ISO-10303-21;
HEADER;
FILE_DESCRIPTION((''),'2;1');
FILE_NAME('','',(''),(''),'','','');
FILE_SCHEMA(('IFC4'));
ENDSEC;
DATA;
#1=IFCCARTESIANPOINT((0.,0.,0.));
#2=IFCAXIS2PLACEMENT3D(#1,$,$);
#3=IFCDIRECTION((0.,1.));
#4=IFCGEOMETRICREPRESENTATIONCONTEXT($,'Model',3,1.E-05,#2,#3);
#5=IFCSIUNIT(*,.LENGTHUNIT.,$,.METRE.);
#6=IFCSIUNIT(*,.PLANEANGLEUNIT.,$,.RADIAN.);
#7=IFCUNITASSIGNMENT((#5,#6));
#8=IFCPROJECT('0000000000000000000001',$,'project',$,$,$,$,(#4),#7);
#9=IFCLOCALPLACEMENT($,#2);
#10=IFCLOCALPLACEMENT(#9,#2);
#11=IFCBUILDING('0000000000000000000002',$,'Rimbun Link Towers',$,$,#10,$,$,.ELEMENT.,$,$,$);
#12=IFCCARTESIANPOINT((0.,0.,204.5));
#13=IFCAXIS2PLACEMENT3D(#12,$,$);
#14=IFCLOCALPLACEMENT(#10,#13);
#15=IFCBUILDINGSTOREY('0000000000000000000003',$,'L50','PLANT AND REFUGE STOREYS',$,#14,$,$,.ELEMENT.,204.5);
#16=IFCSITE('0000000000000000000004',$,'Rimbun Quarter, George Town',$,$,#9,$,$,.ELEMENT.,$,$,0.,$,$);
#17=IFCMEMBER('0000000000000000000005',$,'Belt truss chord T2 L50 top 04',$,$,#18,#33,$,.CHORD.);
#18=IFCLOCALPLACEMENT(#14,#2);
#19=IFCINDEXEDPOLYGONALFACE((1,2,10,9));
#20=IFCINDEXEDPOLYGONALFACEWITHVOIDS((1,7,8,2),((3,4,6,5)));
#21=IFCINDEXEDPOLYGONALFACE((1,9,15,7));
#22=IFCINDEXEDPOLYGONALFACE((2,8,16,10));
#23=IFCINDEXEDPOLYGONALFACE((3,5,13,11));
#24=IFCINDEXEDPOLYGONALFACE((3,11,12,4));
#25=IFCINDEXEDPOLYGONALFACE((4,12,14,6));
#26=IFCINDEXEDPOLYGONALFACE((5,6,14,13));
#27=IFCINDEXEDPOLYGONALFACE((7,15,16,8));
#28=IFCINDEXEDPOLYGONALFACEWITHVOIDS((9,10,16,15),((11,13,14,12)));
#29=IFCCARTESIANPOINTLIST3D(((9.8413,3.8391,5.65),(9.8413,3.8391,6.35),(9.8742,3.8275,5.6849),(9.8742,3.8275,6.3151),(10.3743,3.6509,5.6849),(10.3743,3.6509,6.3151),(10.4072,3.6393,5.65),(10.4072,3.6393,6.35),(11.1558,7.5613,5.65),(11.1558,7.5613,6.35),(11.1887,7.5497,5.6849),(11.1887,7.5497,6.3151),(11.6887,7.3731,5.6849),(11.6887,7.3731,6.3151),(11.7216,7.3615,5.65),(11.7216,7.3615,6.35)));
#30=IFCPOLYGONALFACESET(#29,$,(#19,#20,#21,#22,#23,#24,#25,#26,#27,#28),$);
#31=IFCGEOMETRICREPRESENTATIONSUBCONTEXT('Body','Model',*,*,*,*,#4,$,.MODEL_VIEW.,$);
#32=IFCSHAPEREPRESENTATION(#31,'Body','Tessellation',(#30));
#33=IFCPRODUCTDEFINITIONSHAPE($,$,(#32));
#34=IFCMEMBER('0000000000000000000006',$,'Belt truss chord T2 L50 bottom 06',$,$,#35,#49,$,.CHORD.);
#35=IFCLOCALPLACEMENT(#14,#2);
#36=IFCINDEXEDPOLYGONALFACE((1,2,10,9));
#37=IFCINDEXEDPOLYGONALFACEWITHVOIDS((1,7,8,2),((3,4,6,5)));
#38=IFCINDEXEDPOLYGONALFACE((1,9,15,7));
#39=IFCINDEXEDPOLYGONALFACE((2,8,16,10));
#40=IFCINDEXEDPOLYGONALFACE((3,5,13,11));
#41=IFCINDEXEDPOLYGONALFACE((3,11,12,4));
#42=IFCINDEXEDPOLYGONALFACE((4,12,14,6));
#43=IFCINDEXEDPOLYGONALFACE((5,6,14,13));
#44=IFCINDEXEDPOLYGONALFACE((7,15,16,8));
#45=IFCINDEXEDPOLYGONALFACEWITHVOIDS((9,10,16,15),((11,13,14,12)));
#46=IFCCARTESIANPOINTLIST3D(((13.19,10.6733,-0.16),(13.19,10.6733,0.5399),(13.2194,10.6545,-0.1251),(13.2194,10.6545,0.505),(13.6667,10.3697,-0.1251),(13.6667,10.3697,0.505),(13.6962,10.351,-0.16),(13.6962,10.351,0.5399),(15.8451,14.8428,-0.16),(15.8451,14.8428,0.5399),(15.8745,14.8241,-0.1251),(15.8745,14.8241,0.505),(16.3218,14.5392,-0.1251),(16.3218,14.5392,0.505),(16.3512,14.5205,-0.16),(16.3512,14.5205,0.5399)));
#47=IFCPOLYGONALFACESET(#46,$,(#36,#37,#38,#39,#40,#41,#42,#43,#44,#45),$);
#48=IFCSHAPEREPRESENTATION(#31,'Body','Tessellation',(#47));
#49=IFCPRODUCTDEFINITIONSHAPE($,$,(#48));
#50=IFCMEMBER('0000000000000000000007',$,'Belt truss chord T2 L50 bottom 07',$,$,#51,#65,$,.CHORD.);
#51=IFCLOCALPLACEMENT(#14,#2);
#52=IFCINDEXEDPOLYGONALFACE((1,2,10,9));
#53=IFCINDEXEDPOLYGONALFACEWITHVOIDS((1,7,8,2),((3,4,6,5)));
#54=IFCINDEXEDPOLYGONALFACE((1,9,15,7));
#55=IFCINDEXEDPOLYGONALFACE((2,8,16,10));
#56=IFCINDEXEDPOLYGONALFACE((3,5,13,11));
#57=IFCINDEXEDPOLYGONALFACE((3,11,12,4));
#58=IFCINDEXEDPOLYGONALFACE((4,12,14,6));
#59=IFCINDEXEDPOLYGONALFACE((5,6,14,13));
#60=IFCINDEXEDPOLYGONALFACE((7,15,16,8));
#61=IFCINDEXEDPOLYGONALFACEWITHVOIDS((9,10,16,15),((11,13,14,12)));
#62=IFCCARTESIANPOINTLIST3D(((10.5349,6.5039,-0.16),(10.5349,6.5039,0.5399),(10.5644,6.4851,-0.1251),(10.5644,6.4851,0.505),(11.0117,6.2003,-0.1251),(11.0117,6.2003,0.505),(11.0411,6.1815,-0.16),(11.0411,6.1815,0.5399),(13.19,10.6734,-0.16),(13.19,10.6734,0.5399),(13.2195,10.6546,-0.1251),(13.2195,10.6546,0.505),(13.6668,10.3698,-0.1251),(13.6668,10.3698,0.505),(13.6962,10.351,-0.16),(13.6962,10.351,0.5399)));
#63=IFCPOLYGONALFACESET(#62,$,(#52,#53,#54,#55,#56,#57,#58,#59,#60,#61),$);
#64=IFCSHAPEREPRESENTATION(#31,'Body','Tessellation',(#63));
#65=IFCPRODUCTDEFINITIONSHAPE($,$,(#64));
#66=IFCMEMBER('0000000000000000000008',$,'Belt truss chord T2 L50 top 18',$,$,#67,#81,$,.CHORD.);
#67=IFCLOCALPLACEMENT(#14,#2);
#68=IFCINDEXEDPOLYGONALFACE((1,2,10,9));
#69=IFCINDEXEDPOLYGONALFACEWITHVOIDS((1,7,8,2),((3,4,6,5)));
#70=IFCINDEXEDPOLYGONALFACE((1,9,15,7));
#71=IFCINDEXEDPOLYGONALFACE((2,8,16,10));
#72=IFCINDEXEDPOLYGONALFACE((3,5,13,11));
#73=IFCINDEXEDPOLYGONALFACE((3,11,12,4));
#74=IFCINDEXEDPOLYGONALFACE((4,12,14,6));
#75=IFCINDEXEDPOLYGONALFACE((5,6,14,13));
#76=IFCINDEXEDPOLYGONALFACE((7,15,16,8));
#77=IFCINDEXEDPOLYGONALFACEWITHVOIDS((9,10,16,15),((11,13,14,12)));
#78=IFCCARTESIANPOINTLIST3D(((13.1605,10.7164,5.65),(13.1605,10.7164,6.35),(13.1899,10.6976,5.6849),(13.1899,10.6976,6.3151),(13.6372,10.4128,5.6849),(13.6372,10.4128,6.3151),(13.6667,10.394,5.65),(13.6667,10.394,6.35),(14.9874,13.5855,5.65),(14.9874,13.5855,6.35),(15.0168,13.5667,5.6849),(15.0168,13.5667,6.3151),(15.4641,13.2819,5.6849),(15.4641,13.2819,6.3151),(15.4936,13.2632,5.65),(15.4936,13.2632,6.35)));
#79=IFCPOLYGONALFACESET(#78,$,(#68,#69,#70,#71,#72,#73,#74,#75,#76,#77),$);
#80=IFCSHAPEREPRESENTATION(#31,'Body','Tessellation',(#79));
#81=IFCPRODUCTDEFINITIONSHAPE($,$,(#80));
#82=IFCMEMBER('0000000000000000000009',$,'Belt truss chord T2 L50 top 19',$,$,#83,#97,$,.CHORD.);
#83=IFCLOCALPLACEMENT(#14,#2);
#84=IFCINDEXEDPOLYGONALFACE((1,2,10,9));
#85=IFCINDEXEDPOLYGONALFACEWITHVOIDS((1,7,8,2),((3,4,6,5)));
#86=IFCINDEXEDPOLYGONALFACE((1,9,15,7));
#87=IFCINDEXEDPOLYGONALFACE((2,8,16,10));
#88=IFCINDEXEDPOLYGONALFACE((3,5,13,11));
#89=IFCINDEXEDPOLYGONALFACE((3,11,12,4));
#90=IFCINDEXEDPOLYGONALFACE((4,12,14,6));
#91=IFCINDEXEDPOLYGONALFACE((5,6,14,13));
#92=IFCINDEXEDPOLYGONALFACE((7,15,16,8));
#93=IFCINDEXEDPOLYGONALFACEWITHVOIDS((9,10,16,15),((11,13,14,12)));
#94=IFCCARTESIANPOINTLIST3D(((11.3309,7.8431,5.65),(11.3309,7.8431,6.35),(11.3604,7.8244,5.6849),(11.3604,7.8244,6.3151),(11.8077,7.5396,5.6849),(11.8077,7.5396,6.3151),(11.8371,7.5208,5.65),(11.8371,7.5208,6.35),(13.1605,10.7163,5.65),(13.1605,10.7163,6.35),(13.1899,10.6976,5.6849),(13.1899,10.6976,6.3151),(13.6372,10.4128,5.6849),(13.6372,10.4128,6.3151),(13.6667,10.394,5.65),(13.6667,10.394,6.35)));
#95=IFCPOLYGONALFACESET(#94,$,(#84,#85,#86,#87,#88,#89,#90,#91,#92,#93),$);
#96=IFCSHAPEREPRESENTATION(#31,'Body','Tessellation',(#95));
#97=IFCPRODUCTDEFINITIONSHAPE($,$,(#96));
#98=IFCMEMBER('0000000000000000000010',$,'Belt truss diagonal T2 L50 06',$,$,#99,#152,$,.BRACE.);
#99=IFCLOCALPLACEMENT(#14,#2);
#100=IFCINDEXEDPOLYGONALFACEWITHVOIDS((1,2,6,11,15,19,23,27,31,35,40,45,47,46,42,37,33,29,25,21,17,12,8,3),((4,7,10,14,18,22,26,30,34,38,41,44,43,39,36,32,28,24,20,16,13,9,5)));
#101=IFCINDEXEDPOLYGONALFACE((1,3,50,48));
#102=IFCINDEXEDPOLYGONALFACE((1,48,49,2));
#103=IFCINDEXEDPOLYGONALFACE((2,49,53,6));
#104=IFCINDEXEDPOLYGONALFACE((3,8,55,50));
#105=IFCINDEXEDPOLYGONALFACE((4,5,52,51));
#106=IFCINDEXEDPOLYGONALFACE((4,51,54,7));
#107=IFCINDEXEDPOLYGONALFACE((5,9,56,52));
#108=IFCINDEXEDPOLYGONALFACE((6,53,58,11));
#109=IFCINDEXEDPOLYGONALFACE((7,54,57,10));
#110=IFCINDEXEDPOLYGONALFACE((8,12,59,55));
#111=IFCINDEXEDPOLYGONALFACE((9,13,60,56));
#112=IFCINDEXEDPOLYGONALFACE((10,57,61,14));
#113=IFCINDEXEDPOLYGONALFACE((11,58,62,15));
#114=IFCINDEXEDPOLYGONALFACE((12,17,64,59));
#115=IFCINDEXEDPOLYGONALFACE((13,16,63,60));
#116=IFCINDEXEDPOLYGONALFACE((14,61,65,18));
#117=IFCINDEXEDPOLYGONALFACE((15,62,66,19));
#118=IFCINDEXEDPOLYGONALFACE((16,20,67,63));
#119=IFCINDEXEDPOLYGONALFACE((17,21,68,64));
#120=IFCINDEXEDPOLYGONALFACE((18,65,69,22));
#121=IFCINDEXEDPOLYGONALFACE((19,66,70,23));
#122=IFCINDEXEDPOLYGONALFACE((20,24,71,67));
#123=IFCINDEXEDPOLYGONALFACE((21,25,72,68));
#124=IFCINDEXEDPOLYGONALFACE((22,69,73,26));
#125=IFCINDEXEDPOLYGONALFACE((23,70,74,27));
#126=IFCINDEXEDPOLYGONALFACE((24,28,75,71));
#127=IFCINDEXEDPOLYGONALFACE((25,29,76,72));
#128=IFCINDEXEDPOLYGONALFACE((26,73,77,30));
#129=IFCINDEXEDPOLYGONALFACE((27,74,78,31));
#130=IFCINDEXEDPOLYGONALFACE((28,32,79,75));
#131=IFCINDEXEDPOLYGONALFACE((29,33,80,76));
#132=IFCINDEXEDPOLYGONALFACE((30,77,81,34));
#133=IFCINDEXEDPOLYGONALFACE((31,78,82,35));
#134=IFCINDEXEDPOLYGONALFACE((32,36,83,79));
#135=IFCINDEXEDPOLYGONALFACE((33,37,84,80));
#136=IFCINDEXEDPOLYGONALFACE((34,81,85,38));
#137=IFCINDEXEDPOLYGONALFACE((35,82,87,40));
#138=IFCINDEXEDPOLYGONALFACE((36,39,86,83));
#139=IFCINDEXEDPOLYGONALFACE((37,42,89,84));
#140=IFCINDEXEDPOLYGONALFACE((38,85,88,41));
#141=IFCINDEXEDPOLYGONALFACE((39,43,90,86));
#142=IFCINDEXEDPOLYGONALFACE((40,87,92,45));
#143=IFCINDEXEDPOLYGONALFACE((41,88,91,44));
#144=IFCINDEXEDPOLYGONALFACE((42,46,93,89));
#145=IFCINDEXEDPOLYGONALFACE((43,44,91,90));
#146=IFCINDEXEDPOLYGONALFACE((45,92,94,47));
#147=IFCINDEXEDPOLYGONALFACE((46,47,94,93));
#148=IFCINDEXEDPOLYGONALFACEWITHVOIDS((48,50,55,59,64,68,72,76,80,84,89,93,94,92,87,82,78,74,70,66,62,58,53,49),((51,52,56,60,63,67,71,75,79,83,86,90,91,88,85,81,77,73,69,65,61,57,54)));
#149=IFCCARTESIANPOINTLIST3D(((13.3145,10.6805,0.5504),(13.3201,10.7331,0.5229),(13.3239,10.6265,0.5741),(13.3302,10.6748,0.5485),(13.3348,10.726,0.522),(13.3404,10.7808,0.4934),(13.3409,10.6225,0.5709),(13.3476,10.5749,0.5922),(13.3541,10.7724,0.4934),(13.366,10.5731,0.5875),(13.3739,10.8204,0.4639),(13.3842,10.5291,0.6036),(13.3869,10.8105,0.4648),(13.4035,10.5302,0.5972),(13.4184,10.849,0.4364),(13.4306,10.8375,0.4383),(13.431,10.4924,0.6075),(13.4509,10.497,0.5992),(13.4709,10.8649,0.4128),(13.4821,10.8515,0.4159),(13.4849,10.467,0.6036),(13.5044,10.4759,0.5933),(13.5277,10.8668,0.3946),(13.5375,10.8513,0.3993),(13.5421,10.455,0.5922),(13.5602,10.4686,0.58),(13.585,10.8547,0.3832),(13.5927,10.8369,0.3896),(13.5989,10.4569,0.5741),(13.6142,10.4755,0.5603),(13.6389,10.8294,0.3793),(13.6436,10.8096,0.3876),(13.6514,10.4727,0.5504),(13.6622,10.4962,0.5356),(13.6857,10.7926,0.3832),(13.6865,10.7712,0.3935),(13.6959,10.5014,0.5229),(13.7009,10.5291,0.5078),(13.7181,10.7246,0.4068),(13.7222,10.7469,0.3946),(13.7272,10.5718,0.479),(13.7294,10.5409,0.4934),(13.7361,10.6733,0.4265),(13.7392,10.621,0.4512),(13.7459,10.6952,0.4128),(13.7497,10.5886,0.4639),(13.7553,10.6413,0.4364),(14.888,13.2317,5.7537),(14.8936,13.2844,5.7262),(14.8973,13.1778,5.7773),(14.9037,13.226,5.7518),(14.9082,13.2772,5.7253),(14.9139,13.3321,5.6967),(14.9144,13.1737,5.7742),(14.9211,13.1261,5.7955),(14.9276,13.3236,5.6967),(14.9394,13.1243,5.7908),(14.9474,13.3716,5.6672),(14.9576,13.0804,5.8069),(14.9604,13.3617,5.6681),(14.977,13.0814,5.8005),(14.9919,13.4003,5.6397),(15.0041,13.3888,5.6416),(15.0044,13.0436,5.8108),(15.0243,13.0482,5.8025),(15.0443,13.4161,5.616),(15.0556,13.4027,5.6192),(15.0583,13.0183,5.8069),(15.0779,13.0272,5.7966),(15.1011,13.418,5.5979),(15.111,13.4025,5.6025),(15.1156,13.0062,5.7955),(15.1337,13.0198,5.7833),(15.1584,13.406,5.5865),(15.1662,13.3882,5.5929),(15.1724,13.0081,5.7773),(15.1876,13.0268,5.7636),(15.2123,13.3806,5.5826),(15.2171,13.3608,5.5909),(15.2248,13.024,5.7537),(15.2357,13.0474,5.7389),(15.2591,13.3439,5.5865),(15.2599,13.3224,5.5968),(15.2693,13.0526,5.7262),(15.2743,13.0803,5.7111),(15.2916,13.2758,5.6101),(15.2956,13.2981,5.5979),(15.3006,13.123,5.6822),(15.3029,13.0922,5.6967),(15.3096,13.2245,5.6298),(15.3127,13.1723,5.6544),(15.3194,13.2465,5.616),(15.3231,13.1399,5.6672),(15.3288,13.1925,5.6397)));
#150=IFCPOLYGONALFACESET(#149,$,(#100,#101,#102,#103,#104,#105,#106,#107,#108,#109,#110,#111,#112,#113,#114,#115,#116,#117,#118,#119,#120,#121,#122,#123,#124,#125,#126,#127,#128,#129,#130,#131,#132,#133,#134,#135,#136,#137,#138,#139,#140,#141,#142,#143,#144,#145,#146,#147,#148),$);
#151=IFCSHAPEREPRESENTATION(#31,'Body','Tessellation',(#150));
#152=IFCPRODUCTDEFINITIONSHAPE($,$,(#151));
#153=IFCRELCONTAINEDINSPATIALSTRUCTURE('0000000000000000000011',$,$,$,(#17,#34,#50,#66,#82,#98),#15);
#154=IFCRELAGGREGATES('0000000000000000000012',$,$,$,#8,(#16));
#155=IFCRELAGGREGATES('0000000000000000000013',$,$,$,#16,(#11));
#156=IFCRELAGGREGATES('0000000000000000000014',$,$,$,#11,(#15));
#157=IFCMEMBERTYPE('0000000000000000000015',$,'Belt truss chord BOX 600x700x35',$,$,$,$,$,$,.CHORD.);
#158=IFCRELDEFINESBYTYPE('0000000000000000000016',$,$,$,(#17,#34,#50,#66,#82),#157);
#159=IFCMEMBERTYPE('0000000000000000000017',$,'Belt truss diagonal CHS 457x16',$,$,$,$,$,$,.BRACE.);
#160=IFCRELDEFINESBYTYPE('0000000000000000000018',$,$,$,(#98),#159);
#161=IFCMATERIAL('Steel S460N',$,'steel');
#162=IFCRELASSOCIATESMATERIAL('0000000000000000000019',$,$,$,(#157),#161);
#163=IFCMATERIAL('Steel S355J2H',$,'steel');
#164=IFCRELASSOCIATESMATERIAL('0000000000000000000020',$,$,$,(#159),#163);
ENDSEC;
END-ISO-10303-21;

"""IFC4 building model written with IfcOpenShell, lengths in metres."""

from ifc_helpers import new_model, si_unit, direction, frame, origin, origin_2d, place, context, subcontext, project, spatial, hollow_rectangle, hollow_circle, extrude, material, material_profile, profile_set, type_object, element, save


model = new_model("IFC4")

# Units and contexts
model_context = context("Model", 3, precision=1e-05, world=origin(), true_north=direction((0.0, 1.0)))
body_context = subcontext(model_context, "Body", "Model", "MODEL_VIEW")
ifc_project = project(units=[si_unit("LENGTHUNIT", "METRE"), si_unit("PLANEANGLEUNIT", "RADIAN")], contexts=[model_context])

# Site, building, storey
site_placement = place(None, origin())
site = spatial("IfcSite", under=ifc_project, at=site_placement, Name="Rimbun Quarter, George Town", CompositionType="ELEMENT", RefElevation=0.0)
building_placement = place(site_placement, origin())
building = spatial("IfcBuilding", under=site, at=building_placement, Name="Rimbun Link Towers", CompositionType="ELEMENT")
storey_placement = place(building_placement, frame((0.0, 0.0, 204.5)))
storey = spatial("IfcBuildingStorey", under=building, at=storey_placement, Name="L50", Description="PLANT AND REFUGE STOREYS", CompositionType="ELEMENT", Elevation=204.5)

# Members
ifc_material_1 = material(Name="Steel S460N", Category="steel")
ifc_material_profile_1 = material_profile(ifc_material_1, hollow_rectangle(XDim=0.6001, YDim=0.7, WallThickness=0.0349, at=origin_2d()), Name="Belt truss chord BOX 600x700x35")
ifc_profile_set_1 = profile_set([ifc_material_profile_1], Name="Steel S460N")
member_type_1 = type_object("IfcMemberType", Name="Belt truss chord BOX 600x700x35", PredefinedType="CHORD", material=ifc_profile_set_1)
member_1_placement = place(storey_placement, frame((11.4387, 7.4614, 6.0), z_axis=(-0.332988, -0.942931, 0.0), x_axis=(0.942931, -0.332988, 0.0)))
element("IfcMember", 1, at=member_1_placement, inside=storey, type_object=member_type_1, Name="Belt truss chord T2 L50 top 04", PredefinedType="CHORD", context=body_context, shape_type="SweptSolid", body=[
    extrude(hollow_rectangle(XDim=0.6001, YDim=0.7, WallThickness=0.0349, at=origin_2d()), origin(), (0.0, 0.0, 1.0), 3.9475),
])
for number, where, z_axis, x_axis, name in (
    (2, (16.0981, 14.6816, 0.1899), (-0.537128, -0.843501, 0.0), (0.843501, -0.537128, 0.0), "Belt truss chord T2 L50 bottom 06"),
    (3, (13.4431, 10.5122, 0.1899), (-0.537128, -0.843501, 0.0), (0.843501, -0.537128, 0.0), "Belt truss chord T2 L50 bottom 07"),
):
    element("IfcMember", number, at=place(storey_placement, frame(where, z_axis=z_axis, x_axis=x_axis)), inside=storey, type_object=member_type_1, Name=name, PredefinedType="CHORD", context=body_context, shape_type="SweptSolid", body=[
        extrude(hollow_rectangle(XDim=0.6001, YDim=0.7, WallThickness=0.0349, at=origin_2d()), origin(), (0.0, 0.0, 1.0), 4.9431),
    ])
member_2_placement = place(storey_placement, frame((15.2405, 13.4243, 6.0), z_axis=(-0.537103, -0.843517, 0.0), x_axis=(0.843517, -0.537103, 0.0)))
element("IfcMember", 4, at=member_2_placement, inside=storey, type_object=member_type_1, Name="Belt truss chord T2 L50 top 18", PredefinedType="CHORD", context=body_context, shape_type="SweptSolid", body=[
    extrude(hollow_rectangle(XDim=0.6001, YDim=0.7, WallThickness=0.0349, at=origin_2d()), origin(), (0.0, 0.0, 1.0), 3.4014),
])
member_3_placement = place(storey_placement, frame((13.4136, 10.5552, 6.0), z_axis=(-0.537112, -0.843511, 0.0), x_axis=(0.843511, -0.537112, 0.0)))
element("IfcMember", 5, at=member_3_placement, inside=storey, type_object=member_type_1, Name="Belt truss chord T2 L50 top 19", PredefinedType="CHORD", context=body_context, shape_type="SweptSolid", body=[
    extrude(hollow_rectangle(XDim=0.6001, YDim=0.7, WallThickness=0.0349, at=origin_2d()), origin(), (0.0, 0.0, 1.0), 3.4062),
])
ifc_material_2 = material(Name="Steel S355J2H", Category="steel")
ifc_material_profile_2 = material_profile(ifc_material_2, hollow_circle(Radius=0.2285, WallThickness=0.0161, at=origin_2d()), Name="Belt truss diagonal CHS 457x16")
ifc_profile_set_2 = profile_set([ifc_material_profile_2], Name="Steel S355J2H")
member_type_2 = type_object("IfcMemberType", Name="Belt truss diagonal CHS 457x16", PredefinedType="BRACE", material=ifc_profile_set_2)
member_4_placement = place(storey_placement, frame((13.5349, 10.6609, 0.4934), z_axis=(0.26203, 0.424858, 0.866508), x_axis=(-0.851141, 0.524938, 0.0)))
element("IfcMember", 6, at=member_4_placement, inside=storey, type_object=member_type_2, Name="Belt truss diagonal T2 L50 06", PredefinedType="BRACE", context=body_context, shape_type="SweptSolid", body=[
    extrude(hollow_circle(Radius=0.2285, WallThickness=0.0161, at=origin_2d()), origin(), (0.0, 0.0, 1.0), 6.0049),
])

save(model, "model.ifc")
